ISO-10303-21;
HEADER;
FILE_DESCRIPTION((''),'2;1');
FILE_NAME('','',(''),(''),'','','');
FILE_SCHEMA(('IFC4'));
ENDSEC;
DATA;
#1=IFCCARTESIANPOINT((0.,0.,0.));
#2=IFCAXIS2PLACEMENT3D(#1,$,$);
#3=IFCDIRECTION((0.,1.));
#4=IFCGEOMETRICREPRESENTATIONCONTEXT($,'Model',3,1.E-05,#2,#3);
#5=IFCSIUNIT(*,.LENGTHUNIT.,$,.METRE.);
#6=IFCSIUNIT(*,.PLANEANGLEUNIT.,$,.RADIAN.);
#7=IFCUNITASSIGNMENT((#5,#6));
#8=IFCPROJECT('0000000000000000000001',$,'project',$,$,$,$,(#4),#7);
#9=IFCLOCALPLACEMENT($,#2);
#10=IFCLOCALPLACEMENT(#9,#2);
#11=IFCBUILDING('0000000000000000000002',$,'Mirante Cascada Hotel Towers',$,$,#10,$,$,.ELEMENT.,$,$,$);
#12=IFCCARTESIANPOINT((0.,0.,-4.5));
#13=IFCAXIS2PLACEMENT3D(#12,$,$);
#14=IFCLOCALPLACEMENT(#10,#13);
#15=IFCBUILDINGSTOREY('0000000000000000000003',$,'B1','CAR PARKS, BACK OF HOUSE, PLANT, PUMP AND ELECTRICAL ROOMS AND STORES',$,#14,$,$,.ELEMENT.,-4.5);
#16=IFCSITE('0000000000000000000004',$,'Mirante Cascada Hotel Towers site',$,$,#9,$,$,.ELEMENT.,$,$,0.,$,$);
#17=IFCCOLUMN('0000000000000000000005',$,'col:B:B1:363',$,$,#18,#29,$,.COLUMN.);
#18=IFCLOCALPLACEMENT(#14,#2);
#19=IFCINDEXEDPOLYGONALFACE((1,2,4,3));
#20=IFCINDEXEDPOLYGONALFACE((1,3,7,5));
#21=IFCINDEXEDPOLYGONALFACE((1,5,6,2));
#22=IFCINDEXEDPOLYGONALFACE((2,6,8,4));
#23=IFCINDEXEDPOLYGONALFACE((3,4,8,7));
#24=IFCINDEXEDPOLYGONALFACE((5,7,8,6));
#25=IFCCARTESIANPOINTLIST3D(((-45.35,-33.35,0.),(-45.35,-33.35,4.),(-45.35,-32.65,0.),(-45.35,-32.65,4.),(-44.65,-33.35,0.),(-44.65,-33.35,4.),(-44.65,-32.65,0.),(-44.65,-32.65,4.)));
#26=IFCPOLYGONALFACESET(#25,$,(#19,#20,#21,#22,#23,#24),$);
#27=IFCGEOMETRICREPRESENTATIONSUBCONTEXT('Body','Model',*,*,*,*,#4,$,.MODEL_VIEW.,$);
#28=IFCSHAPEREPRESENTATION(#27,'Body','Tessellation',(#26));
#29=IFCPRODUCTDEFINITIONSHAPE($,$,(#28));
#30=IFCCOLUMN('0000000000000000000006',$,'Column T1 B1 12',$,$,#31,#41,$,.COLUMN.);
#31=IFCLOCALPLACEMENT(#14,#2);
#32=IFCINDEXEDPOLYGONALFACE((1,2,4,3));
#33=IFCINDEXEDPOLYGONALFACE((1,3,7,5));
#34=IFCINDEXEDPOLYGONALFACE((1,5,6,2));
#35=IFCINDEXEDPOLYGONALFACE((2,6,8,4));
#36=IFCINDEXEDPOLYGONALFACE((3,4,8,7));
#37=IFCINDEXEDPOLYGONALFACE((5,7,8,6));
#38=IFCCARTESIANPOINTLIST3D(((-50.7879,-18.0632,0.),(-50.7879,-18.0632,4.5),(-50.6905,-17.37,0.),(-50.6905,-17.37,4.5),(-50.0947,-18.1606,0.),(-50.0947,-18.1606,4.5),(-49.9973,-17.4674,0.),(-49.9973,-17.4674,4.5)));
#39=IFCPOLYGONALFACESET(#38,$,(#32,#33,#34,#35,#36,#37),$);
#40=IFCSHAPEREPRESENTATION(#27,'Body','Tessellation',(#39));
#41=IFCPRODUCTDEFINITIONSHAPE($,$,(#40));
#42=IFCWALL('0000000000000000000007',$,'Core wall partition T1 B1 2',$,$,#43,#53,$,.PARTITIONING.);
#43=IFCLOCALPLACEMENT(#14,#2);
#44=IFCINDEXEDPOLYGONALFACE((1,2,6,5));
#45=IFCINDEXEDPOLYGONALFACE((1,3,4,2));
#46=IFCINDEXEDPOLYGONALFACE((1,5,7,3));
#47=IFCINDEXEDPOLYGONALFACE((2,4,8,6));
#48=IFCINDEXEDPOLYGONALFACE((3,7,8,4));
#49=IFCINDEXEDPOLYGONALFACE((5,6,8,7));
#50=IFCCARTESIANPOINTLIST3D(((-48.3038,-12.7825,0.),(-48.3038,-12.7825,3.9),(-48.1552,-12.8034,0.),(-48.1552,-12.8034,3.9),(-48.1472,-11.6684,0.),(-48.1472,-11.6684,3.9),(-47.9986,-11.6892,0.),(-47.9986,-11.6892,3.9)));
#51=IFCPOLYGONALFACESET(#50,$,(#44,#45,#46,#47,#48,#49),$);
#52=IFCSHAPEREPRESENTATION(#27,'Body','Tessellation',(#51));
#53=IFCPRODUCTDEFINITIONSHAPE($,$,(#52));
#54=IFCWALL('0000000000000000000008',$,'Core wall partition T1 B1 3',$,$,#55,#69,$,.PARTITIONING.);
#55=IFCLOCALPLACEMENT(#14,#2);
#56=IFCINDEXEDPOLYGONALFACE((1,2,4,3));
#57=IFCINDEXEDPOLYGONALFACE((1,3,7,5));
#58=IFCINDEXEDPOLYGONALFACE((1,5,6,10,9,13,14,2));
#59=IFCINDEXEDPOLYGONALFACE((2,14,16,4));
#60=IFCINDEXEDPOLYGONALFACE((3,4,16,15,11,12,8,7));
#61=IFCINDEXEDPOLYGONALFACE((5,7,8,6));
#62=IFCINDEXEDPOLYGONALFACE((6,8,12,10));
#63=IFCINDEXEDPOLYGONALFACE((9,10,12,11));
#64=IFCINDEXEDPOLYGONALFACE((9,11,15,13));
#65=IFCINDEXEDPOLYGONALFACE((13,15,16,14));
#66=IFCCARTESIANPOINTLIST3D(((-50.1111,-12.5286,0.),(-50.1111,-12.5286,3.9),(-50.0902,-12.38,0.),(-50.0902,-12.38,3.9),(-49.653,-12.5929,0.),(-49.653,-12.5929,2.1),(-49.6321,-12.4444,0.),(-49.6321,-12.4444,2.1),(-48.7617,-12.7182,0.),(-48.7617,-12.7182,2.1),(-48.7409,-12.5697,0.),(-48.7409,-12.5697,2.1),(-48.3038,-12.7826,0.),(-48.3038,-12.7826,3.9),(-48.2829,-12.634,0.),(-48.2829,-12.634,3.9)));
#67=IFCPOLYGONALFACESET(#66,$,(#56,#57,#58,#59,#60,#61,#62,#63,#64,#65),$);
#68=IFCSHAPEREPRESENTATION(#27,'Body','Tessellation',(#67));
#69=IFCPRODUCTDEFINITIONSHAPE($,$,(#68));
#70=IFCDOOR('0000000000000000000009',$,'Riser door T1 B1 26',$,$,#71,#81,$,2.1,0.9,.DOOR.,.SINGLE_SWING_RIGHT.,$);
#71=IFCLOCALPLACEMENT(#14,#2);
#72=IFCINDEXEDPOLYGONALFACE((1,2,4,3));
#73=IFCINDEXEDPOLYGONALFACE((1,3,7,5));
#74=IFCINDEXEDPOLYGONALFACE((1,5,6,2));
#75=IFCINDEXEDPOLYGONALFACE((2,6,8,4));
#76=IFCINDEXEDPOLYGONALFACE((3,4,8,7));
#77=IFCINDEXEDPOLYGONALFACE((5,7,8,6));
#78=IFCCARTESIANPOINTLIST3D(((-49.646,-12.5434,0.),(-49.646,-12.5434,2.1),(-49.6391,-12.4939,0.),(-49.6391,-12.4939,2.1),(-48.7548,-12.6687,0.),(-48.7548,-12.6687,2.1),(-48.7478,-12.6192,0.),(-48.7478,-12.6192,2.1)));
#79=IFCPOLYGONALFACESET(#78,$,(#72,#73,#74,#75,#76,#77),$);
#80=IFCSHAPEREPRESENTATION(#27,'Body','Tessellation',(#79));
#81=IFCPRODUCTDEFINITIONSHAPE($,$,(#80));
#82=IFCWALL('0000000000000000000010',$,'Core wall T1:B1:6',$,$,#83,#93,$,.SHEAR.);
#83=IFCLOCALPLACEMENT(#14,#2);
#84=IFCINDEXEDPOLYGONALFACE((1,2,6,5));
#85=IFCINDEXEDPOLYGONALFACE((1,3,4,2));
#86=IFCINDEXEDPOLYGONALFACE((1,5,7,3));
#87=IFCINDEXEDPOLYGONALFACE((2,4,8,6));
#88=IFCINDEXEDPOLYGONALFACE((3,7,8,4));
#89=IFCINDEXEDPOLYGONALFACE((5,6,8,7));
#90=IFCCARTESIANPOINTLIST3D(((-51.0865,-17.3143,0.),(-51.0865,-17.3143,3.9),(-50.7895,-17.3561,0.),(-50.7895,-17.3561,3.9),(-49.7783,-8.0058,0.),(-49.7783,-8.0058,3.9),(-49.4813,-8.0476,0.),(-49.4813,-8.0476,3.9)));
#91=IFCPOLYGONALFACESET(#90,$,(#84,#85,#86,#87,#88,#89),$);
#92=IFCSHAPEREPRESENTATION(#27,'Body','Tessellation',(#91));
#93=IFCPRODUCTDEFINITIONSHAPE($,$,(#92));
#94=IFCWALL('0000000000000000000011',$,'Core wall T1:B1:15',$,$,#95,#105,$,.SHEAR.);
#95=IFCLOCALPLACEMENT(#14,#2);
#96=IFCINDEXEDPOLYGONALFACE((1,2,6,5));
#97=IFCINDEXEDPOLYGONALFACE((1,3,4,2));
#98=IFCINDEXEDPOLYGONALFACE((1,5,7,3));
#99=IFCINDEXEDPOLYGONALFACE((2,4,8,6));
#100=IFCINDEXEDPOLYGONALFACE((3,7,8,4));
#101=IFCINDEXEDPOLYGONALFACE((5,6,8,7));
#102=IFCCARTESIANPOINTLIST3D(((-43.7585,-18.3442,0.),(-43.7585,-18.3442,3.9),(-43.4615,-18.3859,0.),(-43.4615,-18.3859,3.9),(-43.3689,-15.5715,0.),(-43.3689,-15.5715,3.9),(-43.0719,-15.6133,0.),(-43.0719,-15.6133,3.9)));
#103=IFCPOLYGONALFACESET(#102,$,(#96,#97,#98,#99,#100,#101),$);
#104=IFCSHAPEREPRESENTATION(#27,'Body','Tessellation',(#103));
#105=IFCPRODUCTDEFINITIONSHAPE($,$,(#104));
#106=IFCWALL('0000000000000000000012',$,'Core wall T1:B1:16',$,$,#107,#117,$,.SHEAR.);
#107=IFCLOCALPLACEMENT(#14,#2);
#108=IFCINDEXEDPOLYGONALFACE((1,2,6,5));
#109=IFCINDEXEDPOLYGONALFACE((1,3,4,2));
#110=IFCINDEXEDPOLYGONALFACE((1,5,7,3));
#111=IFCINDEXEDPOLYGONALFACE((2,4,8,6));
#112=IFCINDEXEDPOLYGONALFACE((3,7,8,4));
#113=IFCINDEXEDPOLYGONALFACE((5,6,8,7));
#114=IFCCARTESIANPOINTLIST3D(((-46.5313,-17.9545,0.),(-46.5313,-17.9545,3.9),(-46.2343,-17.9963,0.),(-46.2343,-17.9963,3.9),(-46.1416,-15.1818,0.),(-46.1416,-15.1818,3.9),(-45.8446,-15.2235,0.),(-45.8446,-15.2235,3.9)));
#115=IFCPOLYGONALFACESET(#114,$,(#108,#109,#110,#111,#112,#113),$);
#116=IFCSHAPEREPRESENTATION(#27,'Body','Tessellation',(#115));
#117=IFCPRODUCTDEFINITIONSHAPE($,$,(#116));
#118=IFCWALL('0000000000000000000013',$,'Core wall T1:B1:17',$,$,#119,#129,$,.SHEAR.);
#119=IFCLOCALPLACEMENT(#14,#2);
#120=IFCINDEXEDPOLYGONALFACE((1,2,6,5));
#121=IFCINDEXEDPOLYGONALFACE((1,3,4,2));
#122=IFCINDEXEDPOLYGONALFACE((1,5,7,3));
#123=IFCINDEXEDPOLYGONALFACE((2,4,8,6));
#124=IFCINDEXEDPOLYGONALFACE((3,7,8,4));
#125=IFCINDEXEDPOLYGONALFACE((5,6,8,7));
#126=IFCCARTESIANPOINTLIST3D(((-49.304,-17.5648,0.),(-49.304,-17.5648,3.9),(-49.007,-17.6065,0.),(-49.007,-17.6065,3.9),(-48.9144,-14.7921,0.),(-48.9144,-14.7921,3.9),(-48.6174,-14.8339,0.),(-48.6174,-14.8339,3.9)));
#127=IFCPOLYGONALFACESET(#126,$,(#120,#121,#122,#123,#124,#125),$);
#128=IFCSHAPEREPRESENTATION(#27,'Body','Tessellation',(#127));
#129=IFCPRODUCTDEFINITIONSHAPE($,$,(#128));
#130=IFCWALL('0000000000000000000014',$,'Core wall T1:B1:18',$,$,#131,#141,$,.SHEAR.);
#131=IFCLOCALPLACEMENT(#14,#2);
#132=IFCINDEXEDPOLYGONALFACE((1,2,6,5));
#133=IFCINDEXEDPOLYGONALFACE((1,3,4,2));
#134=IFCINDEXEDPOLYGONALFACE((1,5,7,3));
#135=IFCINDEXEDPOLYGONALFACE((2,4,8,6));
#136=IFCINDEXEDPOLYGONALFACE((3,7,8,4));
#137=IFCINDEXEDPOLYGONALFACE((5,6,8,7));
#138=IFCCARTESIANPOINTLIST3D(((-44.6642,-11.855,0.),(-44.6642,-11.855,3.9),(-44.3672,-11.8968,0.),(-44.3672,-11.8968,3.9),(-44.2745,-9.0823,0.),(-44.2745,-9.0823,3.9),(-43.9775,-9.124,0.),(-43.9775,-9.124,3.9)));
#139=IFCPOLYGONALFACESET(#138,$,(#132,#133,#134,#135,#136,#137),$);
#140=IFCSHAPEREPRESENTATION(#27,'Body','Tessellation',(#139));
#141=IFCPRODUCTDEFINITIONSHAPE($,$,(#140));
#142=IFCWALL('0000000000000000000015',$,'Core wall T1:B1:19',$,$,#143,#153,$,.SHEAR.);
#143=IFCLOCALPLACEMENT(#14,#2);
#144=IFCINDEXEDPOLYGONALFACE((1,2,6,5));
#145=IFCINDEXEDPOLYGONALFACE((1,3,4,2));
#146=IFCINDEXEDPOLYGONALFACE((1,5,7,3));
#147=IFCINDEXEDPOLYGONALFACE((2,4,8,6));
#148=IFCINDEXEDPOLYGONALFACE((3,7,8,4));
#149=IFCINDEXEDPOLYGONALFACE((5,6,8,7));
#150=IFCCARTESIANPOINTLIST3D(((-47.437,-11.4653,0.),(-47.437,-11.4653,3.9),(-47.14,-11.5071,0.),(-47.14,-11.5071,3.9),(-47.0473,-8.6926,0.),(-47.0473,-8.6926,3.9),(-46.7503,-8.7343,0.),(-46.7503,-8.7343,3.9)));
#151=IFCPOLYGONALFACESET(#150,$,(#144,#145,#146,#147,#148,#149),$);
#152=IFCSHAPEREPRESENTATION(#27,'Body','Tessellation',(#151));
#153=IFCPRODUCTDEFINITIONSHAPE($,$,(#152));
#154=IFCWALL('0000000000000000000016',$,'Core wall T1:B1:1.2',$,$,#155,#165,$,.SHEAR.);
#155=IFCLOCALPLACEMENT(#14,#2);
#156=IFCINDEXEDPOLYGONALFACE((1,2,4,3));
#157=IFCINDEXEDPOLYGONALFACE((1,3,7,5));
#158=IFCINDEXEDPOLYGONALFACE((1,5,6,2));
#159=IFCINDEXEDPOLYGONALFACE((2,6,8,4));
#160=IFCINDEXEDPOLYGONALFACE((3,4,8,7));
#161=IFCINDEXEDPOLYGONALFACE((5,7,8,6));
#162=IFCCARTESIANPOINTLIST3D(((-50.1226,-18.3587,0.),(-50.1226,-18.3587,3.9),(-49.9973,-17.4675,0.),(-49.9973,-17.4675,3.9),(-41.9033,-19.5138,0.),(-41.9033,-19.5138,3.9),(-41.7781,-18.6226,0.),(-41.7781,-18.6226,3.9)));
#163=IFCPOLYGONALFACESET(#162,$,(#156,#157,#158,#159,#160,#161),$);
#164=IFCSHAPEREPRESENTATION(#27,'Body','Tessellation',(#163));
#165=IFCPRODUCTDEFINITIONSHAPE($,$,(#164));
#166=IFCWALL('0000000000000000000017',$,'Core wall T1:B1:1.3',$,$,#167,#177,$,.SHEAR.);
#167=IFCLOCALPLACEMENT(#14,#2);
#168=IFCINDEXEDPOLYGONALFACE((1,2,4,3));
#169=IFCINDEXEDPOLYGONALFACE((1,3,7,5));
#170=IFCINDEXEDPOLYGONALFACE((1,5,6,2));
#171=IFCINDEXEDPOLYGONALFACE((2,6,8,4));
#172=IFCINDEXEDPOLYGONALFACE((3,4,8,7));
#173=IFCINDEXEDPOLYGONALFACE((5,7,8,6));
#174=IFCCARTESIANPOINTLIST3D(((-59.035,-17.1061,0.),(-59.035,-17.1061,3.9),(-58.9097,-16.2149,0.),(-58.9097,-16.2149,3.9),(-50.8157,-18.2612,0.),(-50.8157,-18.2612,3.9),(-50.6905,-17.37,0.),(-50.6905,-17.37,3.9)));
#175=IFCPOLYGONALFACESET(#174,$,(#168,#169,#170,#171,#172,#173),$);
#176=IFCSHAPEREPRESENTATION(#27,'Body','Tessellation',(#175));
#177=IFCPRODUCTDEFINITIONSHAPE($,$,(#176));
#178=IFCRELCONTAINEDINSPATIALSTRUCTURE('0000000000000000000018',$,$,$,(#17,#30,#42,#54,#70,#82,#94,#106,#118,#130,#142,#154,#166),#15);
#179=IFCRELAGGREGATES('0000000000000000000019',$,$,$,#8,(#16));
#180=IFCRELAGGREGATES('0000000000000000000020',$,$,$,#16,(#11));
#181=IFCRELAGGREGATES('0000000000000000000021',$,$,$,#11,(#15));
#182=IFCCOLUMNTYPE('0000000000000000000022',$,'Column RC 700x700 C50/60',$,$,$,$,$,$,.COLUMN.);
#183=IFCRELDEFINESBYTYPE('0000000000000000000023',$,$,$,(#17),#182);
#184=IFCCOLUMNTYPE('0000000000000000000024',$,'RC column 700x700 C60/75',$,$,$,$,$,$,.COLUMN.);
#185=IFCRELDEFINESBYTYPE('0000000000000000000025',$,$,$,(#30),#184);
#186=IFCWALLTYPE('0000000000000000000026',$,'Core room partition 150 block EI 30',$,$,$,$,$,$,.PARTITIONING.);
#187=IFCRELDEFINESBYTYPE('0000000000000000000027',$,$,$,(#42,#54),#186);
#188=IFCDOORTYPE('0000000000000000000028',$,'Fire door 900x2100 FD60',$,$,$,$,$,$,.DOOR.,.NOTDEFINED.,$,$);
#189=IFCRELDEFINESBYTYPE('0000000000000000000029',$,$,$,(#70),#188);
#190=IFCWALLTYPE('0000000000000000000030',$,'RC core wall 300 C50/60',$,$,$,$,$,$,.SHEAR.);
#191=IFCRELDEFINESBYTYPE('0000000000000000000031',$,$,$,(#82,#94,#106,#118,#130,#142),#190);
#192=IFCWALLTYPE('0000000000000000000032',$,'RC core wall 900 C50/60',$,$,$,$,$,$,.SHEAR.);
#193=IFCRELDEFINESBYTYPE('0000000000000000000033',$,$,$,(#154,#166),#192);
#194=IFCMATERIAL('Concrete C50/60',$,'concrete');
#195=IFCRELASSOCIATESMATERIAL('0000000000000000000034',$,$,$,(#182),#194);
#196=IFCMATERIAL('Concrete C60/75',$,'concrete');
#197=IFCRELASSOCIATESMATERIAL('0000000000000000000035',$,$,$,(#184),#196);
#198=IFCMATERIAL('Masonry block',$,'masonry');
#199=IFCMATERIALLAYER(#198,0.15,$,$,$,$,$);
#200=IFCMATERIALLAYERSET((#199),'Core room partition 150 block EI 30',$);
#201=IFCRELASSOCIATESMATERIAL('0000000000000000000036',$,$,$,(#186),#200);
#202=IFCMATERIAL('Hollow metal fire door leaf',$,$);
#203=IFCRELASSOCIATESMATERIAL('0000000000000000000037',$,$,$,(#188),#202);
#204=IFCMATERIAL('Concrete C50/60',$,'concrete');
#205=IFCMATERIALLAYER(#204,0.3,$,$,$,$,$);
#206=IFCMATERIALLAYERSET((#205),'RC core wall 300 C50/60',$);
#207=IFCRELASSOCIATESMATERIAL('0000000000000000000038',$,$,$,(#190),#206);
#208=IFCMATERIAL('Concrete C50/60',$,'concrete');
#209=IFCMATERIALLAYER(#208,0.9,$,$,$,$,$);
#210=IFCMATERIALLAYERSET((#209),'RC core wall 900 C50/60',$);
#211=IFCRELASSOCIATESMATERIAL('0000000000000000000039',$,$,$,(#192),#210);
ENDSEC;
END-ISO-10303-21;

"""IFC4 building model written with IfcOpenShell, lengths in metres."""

from ifc_helpers import new_model, si_unit, direction, frame, frame_2d, origin, origin_2d, place, context, subcontext, project, spatial, rectangle, extrude, material, layer, layer_set, material_profile, profile_set, type_object, element, fill, save


model = new_model("IFC4")

# Units and contexts
model_context = context("Model", 3, precision=1e-05, world=origin(), true_north=direction((0.0, 1.0)))
body_context = subcontext(model_context, "Body", "Model", "MODEL_VIEW")
ifc_project = project(units=[si_unit("LENGTHUNIT", "METRE"), si_unit("PLANEANGLEUNIT", "RADIAN")], contexts=[model_context])

# Site, building, storey
site_placement = place(None, origin())
site = spatial("IfcSite", under=ifc_project, at=site_placement, Name="Mirante Cascada Hotel Towers site", CompositionType="ELEMENT", RefElevation=0.0)
building_placement = place(site_placement, origin())
building = spatial("IfcBuilding", under=site, at=building_placement, Name="Mirante Cascada Hotel Towers", CompositionType="ELEMENT")
storey_placement = place(building_placement, frame((0.0, 0.0, -4.5)))
storey = spatial("IfcBuildingStorey", under=building, at=storey_placement, Name="B1", Description="CAR PARKS, BACK OF HOUSE, PLANT, PUMP AND ELECTRICAL ROOMS AND STORES", CompositionType="ELEMENT", Elevation=-4.5)

# Columns
ifc_material_1 = material(Name="Concrete C50/60", Category="concrete")
ifc_material_profile_1 = material_profile(ifc_material_1, rectangle(XDim=0.7, YDim=0.7, at=origin_2d()), Name="RC 700x700")
ifc_profile_set_1 = profile_set([ifc_material_profile_1], Name="Concrete C50/60")
column_type_1 = type_object("IfcColumnType", Name="Column RC 700x700 C50/60", PredefinedType="COLUMN", material=ifc_profile_set_1)
column_1_placement = place(storey_placement, frame((-45.0, -33.0, 0.0), z_axis=(0.0, 0.0, 1.0), x_axis=(1.0, 0.0, 0.0)))
element("IfcColumn", 1, at=column_1_placement, inside=storey, type_object=column_type_1, Name="col:B:B1:363", PredefinedType="COLUMN", context=body_context, shape_type="SweptSolid", body=[
    extrude(rectangle(XDim=0.7, YDim=0.7, at=origin_2d()), origin(), (0.0, 0.0, 1.0), 4.0),
])
ifc_material_2 = material(Name="Concrete C60/75", Category="concrete")
ifc_material_profile_2 = material_profile(ifc_material_2, rectangle(XDim=0.7, YDim=0.7, at=origin_2d()), Name="RC column 700x700 C60/75")
ifc_profile_set_2 = profile_set([ifc_material_profile_2], Name="Concrete C60/75")
column_type_2 = type_object("IfcColumnType", Name="RC column 700x700 C60/75", PredefinedType="COLUMN", material=ifc_profile_set_2)
column_2_placement = place(storey_placement, frame((-50.3926, -17.7653, 0.0), z_axis=(0.0, 0.0, 1.0), x_axis=(-0.990268, 0.139173, 0.0)))
element("IfcColumn", 2, at=column_2_placement, inside=storey, type_object=column_type_2, Name="Column T1 B1 12", PredefinedType="COLUMN", context=body_context, shape_type="SweptSolid", body=[
    extrude(rectangle(XDim=0.7, YDim=0.7, at=origin_2d()), origin(), (0.0, 0.0, 1.0), 4.5),
])

# Wall
ifc_material_3 = material(Name="Masonry block", Category="masonry")
ifc_layer_1 = layer(ifc_material_3, 0.15)
ifc_layer_set_1 = layer_set([ifc_layer_1], Name="Core room partition 150 block EI 30")
wall_type_1 = type_object("IfcWallType", Name="Core room partition 150 block EI 30", PredefinedType="PARTITIONING", material=ifc_layer_set_1)
wall_1_placement = place(storey_placement, frame((-48.2295, -12.793, 0.0), z_axis=(0.0, 0.0, 1.0), x_axis=(0.139193, 0.990265, 0.0)))
element("IfcWall", 3, at=wall_1_placement, inside=storey, type_object=wall_type_1, Name="Core wall partition T1 B1 2", PredefinedType="PARTITIONING", context=body_context, shape_type="SweptSolid", body=[
    extrude(rectangle(XDim=1.1251, YDim=0.15, at=frame_2d((0.5626, 0.0))), origin(), (0.0, 0.0, 1.0), 3.9),
])

# Wall, opening, door
wall_2_placement = place(storey_placement, frame((-48.2933, -12.7083, 0.0), z_axis=(0.0, 0.0, 1.0), x_axis=(-0.990268, 0.139173, 0.0)))
wall_2 = element("IfcWall", 4, at=wall_2_placement, inside=storey, type_object=wall_type_1, Name="Core wall partition T1 B1 3", PredefinedType="PARTITIONING", context=body_context, shape_type="SweptSolid", body=[
    extrude(rectangle(XDim=1.8251, YDim=0.15, at=frame_2d((0.9126, 0.0))), origin(), (0.0, 0.0, 1.0), 3.9),
])
opening_placement = place(wall_2_placement, frame((0.4625, 0.0, 0.0)))
opening = element("IfcOpeningElement", 5, at=opening_placement, cuts=wall_2, PredefinedType="OPENING", context=body_context, shape_type="SweptSolid", body=[
    extrude(rectangle(XDim=0.9, YDim=2.1, at=frame_2d((0.45, 1.05))), frame((0.0, 0.075, 0.0), z_axis=(0.0, -1.0, 0.0), x_axis=(1.0, 0.0, 0.0)), (0.0, 0.0, 1.0), 0.15),
])
ifc_material_4 = material(Name="Hollow metal fire door leaf")
door_type = type_object("IfcDoorType", Name="Fire door 900x2100 FD60", OperationType="NOTDEFINED", PredefinedType="DOOR", material=ifc_material_4)
door_placement = place(opening_placement, origin())
door = element("IfcDoor", 6, at=door_placement, inside=storey, type_object=door_type, Name="Riser door T1 B1 26", OperationType="SINGLE_SWING_RIGHT", OverallHeight=2.1, OverallWidth=0.9, PredefinedType="DOOR", context=body_context, shape_type="SweptSolid", body=[
    extrude(rectangle(XDim=0.9, YDim=2.1, at=frame_2d((0.45, 1.05))), frame((0.0, 0.025, 0.0), z_axis=(0.0, -1.0, 0.0), x_axis=(1.0, 0.0, 0.0)), (0.0, 0.0, 1.0), 0.05),
])
fill(opening, door)

# Walls
ifc_material_5 = material(Name="Concrete C50/60", Category="concrete")
ifc_layer_2 = layer(ifc_material_5, 0.3)
ifc_layer_set_2 = layer_set([ifc_layer_2], Name="RC core wall 300 C50/60")
wall_type_2 = type_object("IfcWallType", Name="RC core wall 300 C50/60", PredefinedType="SHEAR", material=ifc_layer_set_2)
wall_3_placement = place(storey_placement, frame((-50.938, -17.3352, 0.0), z_axis=(0.0, 0.0, 1.0), x_axis=(0.139171, 0.990268, 0.0)))
element("IfcWall", 7, at=wall_3_placement, inside=storey, type_object=wall_type_2, Name="Core wall T1:B1:6", PredefinedType="SHEAR", context=body_context, shape_type="SweptSolid", body=[
    extrude(rectangle(XDim=9.4, YDim=0.3, at=frame_2d((4.7, 0.0))), origin(), (0.0, 0.0, 1.0), 3.9),
])
wall_4_placement = place(storey_placement, frame((-43.61, -18.3651, 0.0), z_axis=(0.0, 0.0, 1.0), x_axis=(0.139146, 0.990272, 0.0)))
element("IfcWall", 8, at=wall_4_placement, inside=storey, type_object=wall_type_2, Name="Core wall T1:B1:15", PredefinedType="SHEAR", context=body_context, shape_type="SweptSolid", body=[
    extrude(rectangle(XDim=2.7999, YDim=0.3, at=frame_2d((1.4, 0.0))), origin(), (0.0, 0.0, 1.0), 3.9),
])
wall_5_placement = place(storey_placement, frame((-46.3828, -17.9754, 0.0), z_axis=(0.0, 0.0, 1.0), x_axis=(0.139181, 0.990267, 0.0)))
element("IfcWall", 9, at=wall_5_placement, inside=storey, type_object=wall_type_2, Name="Core wall T1:B1:16", PredefinedType="SHEAR", context=body_context, shape_type="SweptSolid", body=[
    extrude(rectangle(XDim=2.8, YDim=0.3, at=frame_2d((1.4, 0.0))), origin(), (0.0, 0.0, 1.0), 3.9),
])
wall_6_placement = place(storey_placement, frame((-49.1555, -17.5857, 0.0), z_axis=(0.0, 0.0, 1.0), x_axis=(0.139146, 0.990272, 0.0)))
element("IfcWall", 10, at=wall_6_placement, inside=storey, type_object=wall_type_2, Name="Core wall T1:B1:17", PredefinedType="SHEAR", context=body_context, shape_type="SweptSolid", body=[
    extrude(rectangle(XDim=2.7999, YDim=0.3, at=frame_2d((1.4, 0.0))), origin(), (0.0, 0.0, 1.0), 3.9),
])
for number, where, z_axis, x_axis, name in (
    (11, (-44.5157, -11.8759, 0.0), (0.0, 0.0, 1.0), (0.139181, 0.990267, 0.0), "Core wall T1:B1:18"),
    (12, (-47.2885, -11.4862, 0.0), (0.0, 0.0, 1.0), (0.139181, 0.990267, 0.0), "Core wall T1:B1:19"),
):
    element("IfcWall", number, at=place(storey_placement, frame(where, z_axis=z_axis, x_axis=x_axis)), inside=storey, type_object=wall_type_2, Name=name, PredefinedType="SHEAR", context=body_context, shape_type="SweptSolid", body=[
        extrude(rectangle(XDim=2.8, YDim=0.3, at=frame_2d((1.4, 0.0))), origin(), (0.0, 0.0, 1.0), 3.9),
    ])
ifc_material_6 = material(Name="Concrete C50/60", Category="concrete")
ifc_layer_3 = layer(ifc_material_6, 0.9)
ifc_layer_set_3 = layer_set([ifc_layer_3], Name="RC core wall 900 C50/60")
wall_type_3 = type_object("IfcWallType", Name="RC core wall 900 C50/60", PredefinedType="SHEAR", material=ifc_layer_set_3)
for number, where, z_axis, x_axis, name in (
    (13, (-41.8407, -19.0682, 0.0), (0.0, 0.0, 1.0), (-0.990269, 0.139169, 0.0), "Core wall T1:B1:1.2"),
    (14, (-50.7531, -17.8156, 0.0), (0.0, 0.0, 1.0), (-0.990269, 0.139169, 0.0), "Core wall T1:B1:1.3"),
):
    element("IfcWall", number, at=place(storey_placement, frame(where, z_axis=z_axis, x_axis=x_axis)), inside=storey, type_object=wall_type_3, Name=name, PredefinedType="SHEAR", context=body_context, shape_type="SweptSolid", body=[
        extrude(rectangle(XDim=8.3, YDim=0.9, at=frame_2d((4.15, 0.0))), origin(), (0.0, 0.0, 1.0), 3.9),
    ])

save(model, "model.ifc")
